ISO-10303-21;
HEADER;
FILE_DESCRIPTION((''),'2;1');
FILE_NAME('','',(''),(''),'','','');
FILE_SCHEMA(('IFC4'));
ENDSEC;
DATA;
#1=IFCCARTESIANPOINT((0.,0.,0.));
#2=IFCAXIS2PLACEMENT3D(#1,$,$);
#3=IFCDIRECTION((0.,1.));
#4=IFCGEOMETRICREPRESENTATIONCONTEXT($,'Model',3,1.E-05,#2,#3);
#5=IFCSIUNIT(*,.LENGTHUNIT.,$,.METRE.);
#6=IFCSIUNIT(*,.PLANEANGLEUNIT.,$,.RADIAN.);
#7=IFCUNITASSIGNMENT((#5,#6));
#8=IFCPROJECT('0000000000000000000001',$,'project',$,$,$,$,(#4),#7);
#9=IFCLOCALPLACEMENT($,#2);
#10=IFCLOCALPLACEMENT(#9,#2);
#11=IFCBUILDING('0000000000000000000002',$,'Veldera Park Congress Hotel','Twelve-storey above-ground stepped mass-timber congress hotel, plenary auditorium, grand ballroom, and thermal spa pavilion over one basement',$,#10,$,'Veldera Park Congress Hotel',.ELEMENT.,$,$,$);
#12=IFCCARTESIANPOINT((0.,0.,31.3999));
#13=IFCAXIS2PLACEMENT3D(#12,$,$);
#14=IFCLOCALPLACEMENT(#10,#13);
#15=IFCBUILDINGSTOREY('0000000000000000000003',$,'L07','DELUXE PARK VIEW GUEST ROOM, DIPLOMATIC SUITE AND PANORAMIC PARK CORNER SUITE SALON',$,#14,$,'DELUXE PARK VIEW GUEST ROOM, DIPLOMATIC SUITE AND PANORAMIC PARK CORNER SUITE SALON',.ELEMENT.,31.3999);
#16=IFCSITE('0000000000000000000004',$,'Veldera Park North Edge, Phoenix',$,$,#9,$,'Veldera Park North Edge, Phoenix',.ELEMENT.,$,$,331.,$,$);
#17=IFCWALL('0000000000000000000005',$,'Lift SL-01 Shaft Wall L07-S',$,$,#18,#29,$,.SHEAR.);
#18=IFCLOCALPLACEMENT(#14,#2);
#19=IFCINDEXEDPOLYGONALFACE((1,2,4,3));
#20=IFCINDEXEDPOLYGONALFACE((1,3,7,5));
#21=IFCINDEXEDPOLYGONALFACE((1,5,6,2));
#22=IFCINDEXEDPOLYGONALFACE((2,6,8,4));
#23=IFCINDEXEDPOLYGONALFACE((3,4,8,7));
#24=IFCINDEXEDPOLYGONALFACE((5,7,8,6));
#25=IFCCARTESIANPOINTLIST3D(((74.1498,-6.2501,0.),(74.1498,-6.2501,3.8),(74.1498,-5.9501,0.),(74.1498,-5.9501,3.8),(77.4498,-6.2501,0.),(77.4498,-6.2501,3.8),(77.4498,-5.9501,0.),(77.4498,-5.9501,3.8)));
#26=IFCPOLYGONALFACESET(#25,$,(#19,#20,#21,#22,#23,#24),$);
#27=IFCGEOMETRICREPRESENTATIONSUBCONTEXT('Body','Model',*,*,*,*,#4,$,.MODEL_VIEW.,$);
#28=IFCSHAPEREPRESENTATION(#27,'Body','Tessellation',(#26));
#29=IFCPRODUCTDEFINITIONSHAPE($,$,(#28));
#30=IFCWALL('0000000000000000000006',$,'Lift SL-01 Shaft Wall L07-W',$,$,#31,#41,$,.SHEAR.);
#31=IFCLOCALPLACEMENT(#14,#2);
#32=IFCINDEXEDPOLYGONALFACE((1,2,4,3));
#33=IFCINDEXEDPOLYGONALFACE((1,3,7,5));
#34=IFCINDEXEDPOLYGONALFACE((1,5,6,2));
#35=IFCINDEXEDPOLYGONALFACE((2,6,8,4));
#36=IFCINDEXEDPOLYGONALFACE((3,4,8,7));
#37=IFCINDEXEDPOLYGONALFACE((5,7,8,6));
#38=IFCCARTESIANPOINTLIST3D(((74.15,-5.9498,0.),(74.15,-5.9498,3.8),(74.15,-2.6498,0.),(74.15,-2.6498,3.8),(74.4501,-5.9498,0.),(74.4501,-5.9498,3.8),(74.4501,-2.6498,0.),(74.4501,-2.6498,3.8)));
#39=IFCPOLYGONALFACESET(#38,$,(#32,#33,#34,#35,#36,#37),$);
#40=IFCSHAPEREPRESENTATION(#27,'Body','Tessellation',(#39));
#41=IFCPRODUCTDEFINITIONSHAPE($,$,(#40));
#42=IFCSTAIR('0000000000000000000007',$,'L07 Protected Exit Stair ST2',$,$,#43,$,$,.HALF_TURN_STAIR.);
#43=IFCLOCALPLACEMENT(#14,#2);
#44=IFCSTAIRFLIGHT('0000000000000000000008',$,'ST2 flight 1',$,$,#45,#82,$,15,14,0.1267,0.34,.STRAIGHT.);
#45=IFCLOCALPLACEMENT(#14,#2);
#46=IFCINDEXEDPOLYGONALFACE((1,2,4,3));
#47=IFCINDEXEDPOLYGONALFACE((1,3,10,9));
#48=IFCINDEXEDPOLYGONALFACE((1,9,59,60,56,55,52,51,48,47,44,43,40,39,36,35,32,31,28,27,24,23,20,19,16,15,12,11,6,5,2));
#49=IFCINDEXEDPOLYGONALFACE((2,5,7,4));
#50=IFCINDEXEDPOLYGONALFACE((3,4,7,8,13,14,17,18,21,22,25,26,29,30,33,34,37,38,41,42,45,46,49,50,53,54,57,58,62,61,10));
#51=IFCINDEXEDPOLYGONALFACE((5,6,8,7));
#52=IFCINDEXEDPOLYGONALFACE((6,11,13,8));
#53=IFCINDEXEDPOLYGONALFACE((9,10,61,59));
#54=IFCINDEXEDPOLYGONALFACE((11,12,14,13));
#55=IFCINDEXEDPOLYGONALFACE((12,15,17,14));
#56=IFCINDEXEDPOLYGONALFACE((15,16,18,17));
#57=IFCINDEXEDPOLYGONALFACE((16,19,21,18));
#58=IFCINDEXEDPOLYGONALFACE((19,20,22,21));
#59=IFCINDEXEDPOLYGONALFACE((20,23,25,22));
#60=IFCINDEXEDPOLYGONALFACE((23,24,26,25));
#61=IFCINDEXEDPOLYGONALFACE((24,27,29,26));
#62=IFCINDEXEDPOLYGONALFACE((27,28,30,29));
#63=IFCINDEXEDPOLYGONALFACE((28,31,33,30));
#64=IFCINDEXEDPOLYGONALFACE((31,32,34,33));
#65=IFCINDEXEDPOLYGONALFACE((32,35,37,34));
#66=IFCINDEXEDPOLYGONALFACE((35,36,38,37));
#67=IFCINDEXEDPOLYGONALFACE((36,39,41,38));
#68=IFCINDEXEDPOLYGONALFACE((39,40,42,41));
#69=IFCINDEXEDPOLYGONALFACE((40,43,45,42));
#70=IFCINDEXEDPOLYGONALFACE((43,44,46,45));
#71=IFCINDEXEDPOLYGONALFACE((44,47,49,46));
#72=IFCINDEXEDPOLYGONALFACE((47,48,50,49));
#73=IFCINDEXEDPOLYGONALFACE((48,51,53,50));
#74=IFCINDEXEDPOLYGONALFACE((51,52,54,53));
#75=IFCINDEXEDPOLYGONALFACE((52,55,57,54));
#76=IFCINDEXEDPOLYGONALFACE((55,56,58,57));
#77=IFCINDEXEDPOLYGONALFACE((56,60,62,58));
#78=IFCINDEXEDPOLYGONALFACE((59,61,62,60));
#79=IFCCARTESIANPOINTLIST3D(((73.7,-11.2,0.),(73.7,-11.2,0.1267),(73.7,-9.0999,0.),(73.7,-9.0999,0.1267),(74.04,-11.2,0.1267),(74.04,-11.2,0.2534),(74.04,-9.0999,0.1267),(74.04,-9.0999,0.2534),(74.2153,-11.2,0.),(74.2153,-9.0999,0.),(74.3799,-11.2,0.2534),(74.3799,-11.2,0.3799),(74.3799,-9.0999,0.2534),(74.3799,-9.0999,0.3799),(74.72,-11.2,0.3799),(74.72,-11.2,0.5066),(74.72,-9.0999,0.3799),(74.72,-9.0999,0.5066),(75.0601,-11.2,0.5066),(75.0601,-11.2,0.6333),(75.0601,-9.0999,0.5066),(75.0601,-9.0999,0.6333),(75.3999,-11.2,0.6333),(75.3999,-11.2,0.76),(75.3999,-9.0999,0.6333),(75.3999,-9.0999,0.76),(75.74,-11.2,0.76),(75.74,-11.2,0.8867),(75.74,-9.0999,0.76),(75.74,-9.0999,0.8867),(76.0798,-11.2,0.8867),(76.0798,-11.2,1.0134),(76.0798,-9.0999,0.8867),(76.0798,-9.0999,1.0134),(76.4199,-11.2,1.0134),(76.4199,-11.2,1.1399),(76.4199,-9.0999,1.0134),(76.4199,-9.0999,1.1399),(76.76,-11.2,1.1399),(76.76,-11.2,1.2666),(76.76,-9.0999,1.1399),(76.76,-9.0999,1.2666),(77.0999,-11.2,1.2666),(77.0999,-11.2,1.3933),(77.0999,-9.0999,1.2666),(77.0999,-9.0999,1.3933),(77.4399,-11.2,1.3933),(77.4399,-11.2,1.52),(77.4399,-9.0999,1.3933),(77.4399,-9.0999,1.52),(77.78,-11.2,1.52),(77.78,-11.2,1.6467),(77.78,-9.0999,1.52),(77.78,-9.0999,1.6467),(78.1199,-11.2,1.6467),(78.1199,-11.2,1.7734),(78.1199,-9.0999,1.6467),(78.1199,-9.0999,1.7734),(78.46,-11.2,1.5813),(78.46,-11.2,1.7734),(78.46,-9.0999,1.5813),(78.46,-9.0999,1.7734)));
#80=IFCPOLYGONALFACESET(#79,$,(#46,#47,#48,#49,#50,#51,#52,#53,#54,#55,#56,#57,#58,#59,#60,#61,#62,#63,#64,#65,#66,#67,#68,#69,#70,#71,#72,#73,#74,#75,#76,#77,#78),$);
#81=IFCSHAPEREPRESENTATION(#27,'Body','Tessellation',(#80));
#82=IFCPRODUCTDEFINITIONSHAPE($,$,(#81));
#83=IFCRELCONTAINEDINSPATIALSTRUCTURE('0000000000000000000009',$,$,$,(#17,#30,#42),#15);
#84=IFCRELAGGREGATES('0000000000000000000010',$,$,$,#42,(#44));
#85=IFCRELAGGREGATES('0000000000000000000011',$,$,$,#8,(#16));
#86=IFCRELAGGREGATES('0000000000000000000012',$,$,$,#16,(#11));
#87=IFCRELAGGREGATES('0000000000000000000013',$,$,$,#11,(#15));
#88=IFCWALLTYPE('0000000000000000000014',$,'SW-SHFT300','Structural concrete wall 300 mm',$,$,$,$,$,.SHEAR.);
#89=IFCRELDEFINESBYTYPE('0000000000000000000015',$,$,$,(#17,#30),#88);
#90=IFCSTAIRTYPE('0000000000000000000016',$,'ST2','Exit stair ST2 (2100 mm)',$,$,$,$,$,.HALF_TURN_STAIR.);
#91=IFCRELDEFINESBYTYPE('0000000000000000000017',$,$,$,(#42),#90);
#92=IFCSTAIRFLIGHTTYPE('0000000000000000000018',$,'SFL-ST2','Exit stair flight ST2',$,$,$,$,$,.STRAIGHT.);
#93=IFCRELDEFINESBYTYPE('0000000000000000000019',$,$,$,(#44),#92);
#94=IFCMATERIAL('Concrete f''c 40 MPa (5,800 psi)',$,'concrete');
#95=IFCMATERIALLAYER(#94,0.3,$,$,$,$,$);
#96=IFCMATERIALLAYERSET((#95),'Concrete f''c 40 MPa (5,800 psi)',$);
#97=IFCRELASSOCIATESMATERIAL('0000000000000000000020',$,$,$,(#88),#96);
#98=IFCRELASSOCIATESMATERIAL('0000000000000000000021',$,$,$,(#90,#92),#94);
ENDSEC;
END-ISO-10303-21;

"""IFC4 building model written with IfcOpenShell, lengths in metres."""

from ifc_helpers import new_model, si_unit, direction, frame, frame_2d, origin, place, context, subcontext, project, spatial, polyline, rectangle, outline, extrude, material, layer, layer_set, type_object, element, aggregate, save


model = new_model("IFC4")

# Units and contexts
model_context = context("Model", 3, precision=1e-05, world=origin(), true_north=direction((0.0, 1.0)))
body_context = subcontext(model_context, "Body", "Model", "MODEL_VIEW")
ifc_project = project(units=[si_unit("LENGTHUNIT", "METRE"), si_unit("PLANEANGLEUNIT", "RADIAN")], contexts=[model_context])

# Site, building, storey
site_placement = place(None, origin())
site = spatial("IfcSite", under=ifc_project, at=site_placement, Name="Veldera Park North Edge, Phoenix", LongName="Veldera Park North Edge, Phoenix", CompositionType="ELEMENT", RefElevation=331.0)
building_placement = place(site_placement, origin())
building = spatial("IfcBuilding", under=site, at=building_placement, Name="Veldera Park Congress Hotel", Description="Twelve-storey above-ground stepped mass-timber congress hotel, plenary auditorium, grand ballroom, and thermal spa pavilion over one basement", LongName="Veldera Park Congress Hotel", CompositionType="ELEMENT")
storey_placement = place(building_placement, frame((0.0, 0.0, 31.3999)))
storey = spatial("IfcBuildingStorey", under=building, at=storey_placement, Name="L07", Description="DELUXE PARK VIEW GUEST ROOM, DIPLOMATIC SUITE AND PANORAMIC PARK CORNER SUITE SALON", LongName="DELUXE PARK VIEW GUEST ROOM, DIPLOMATIC SUITE AND PANORAMIC PARK CORNER SUITE SALON", CompositionType="ELEMENT", Elevation=31.3999)

# Shared definitions
ifc_material_1 = material(Name="Concrete f'c 40 MPa (5,800 psi)", Category="concrete")

# Walls
ifc_layer_1 = layer(ifc_material_1, 0.3)
ifc_layer_set_1 = layer_set([ifc_layer_1], Name="Concrete f'c 40 MPa (5,800 psi)")
wall_type_1 = type_object("IfcWallType", Name="SW-SHFT300", Description="Structural concrete wall 300 mm", PredefinedType="SHEAR", material=ifc_layer_set_1)
for number, where, z_axis, x_axis, name in (
    (1, (74.1499, -6.1001, 0.0), (0.0, 0.0, 1.0), (1.0, 0.0, 0.0), "Lift SL-01 Shaft Wall L07-S"),
    (2, (74.3, -2.6499, 0.0), (0.0, 0.0, 1.0), (0.0, -1.0, 0.0), "Lift SL-01 Shaft Wall L07-W"),
):
    element("IfcWall", number, at=place(storey_placement, frame(where, z_axis=z_axis, x_axis=x_axis)), inside=storey, type_object=wall_type_1, Name=name, PredefinedType="SHEAR", context=body_context, shape_type="SweptSolid", body=[
        extrude(rectangle(XDim=3.3, YDim=0.3, at=frame_2d((1.6499, 0.0))), origin(), (0.0, 0.0, 1.0), 3.8),
    ])

# Stair, stair flight
stair_type = type_object("IfcStairType", Name="ST2", Description="Exit stair ST2 (2100 mm)", PredefinedType="HALF_TURN_STAIR", material=ifc_material_1)
stair_placement = place(storey_placement, origin())
stair = element("IfcStair", 3, at=stair_placement, inside=storey, type_object=stair_type, Name="L07 Protected Exit Stair ST2", PredefinedType="HALF_TURN_STAIR")
stair_flight_type = type_object("IfcStairFlightType", Name="SFL-ST2", Description="Exit stair flight ST2", PredefinedType="STRAIGHT", material=ifc_material_1)
stair_flight_placement = place(storey_placement, frame((73.7, -10.1499, 0.0), z_axis=(0.0, 0.0, 1.0), x_axis=(1.0, 0.0, 0.0)))
stair_flight = element("IfcStairFlight", 4, at=stair_flight_placement, type_object=stair_flight_type, Name="ST2 flight 1", NumberOfRisers=15, NumberOfTreads=14, PredefinedType="STRAIGHT", RiserHeight=0.1267, TreadLength=0.34, context=body_context, shape_type="SweptSolid", body=[
    extrude(outline(polyline([(0.0, 0.0), (0.0, 0.1267), (0.3401, 0.1267), (0.3401, 0.2534), (0.6799, 0.2534), (0.6799, 0.3799), (1.02, 0.3799), (1.02, 0.5066), (1.3601, 0.5066), (1.3601, 0.6333), (1.7, 0.6333), (1.7, 0.76), (2.04, 0.76), (2.04, 0.8867), (2.3799, 0.8867), (2.3799, 1.0134), (2.72, 1.0134), (2.72, 1.1399), (3.0601, 1.1399), (3.0601, 1.2666), (3.3999, 1.2666), (3.3999, 1.3933), (3.74, 1.3933), (3.74, 1.52), (4.0801, 1.52), (4.0801, 1.6467), (4.4199, 1.6467), (4.4199, 1.7734), (4.76, 1.7734), (4.76, 1.8999), (4.76, 1.8999), (4.76, 1.5813), (0.5154, 0.0), (0.0, 0.0)])), frame((0.0, 1.05, 0.0), z_axis=(0.0, -1.0, 0.0), x_axis=(1.0, 0.0, 0.0)), (0.0, 0.0, 1.0), 2.1001),
])
aggregate(stair, [stair_flight])

save(model, "model.ifc")
